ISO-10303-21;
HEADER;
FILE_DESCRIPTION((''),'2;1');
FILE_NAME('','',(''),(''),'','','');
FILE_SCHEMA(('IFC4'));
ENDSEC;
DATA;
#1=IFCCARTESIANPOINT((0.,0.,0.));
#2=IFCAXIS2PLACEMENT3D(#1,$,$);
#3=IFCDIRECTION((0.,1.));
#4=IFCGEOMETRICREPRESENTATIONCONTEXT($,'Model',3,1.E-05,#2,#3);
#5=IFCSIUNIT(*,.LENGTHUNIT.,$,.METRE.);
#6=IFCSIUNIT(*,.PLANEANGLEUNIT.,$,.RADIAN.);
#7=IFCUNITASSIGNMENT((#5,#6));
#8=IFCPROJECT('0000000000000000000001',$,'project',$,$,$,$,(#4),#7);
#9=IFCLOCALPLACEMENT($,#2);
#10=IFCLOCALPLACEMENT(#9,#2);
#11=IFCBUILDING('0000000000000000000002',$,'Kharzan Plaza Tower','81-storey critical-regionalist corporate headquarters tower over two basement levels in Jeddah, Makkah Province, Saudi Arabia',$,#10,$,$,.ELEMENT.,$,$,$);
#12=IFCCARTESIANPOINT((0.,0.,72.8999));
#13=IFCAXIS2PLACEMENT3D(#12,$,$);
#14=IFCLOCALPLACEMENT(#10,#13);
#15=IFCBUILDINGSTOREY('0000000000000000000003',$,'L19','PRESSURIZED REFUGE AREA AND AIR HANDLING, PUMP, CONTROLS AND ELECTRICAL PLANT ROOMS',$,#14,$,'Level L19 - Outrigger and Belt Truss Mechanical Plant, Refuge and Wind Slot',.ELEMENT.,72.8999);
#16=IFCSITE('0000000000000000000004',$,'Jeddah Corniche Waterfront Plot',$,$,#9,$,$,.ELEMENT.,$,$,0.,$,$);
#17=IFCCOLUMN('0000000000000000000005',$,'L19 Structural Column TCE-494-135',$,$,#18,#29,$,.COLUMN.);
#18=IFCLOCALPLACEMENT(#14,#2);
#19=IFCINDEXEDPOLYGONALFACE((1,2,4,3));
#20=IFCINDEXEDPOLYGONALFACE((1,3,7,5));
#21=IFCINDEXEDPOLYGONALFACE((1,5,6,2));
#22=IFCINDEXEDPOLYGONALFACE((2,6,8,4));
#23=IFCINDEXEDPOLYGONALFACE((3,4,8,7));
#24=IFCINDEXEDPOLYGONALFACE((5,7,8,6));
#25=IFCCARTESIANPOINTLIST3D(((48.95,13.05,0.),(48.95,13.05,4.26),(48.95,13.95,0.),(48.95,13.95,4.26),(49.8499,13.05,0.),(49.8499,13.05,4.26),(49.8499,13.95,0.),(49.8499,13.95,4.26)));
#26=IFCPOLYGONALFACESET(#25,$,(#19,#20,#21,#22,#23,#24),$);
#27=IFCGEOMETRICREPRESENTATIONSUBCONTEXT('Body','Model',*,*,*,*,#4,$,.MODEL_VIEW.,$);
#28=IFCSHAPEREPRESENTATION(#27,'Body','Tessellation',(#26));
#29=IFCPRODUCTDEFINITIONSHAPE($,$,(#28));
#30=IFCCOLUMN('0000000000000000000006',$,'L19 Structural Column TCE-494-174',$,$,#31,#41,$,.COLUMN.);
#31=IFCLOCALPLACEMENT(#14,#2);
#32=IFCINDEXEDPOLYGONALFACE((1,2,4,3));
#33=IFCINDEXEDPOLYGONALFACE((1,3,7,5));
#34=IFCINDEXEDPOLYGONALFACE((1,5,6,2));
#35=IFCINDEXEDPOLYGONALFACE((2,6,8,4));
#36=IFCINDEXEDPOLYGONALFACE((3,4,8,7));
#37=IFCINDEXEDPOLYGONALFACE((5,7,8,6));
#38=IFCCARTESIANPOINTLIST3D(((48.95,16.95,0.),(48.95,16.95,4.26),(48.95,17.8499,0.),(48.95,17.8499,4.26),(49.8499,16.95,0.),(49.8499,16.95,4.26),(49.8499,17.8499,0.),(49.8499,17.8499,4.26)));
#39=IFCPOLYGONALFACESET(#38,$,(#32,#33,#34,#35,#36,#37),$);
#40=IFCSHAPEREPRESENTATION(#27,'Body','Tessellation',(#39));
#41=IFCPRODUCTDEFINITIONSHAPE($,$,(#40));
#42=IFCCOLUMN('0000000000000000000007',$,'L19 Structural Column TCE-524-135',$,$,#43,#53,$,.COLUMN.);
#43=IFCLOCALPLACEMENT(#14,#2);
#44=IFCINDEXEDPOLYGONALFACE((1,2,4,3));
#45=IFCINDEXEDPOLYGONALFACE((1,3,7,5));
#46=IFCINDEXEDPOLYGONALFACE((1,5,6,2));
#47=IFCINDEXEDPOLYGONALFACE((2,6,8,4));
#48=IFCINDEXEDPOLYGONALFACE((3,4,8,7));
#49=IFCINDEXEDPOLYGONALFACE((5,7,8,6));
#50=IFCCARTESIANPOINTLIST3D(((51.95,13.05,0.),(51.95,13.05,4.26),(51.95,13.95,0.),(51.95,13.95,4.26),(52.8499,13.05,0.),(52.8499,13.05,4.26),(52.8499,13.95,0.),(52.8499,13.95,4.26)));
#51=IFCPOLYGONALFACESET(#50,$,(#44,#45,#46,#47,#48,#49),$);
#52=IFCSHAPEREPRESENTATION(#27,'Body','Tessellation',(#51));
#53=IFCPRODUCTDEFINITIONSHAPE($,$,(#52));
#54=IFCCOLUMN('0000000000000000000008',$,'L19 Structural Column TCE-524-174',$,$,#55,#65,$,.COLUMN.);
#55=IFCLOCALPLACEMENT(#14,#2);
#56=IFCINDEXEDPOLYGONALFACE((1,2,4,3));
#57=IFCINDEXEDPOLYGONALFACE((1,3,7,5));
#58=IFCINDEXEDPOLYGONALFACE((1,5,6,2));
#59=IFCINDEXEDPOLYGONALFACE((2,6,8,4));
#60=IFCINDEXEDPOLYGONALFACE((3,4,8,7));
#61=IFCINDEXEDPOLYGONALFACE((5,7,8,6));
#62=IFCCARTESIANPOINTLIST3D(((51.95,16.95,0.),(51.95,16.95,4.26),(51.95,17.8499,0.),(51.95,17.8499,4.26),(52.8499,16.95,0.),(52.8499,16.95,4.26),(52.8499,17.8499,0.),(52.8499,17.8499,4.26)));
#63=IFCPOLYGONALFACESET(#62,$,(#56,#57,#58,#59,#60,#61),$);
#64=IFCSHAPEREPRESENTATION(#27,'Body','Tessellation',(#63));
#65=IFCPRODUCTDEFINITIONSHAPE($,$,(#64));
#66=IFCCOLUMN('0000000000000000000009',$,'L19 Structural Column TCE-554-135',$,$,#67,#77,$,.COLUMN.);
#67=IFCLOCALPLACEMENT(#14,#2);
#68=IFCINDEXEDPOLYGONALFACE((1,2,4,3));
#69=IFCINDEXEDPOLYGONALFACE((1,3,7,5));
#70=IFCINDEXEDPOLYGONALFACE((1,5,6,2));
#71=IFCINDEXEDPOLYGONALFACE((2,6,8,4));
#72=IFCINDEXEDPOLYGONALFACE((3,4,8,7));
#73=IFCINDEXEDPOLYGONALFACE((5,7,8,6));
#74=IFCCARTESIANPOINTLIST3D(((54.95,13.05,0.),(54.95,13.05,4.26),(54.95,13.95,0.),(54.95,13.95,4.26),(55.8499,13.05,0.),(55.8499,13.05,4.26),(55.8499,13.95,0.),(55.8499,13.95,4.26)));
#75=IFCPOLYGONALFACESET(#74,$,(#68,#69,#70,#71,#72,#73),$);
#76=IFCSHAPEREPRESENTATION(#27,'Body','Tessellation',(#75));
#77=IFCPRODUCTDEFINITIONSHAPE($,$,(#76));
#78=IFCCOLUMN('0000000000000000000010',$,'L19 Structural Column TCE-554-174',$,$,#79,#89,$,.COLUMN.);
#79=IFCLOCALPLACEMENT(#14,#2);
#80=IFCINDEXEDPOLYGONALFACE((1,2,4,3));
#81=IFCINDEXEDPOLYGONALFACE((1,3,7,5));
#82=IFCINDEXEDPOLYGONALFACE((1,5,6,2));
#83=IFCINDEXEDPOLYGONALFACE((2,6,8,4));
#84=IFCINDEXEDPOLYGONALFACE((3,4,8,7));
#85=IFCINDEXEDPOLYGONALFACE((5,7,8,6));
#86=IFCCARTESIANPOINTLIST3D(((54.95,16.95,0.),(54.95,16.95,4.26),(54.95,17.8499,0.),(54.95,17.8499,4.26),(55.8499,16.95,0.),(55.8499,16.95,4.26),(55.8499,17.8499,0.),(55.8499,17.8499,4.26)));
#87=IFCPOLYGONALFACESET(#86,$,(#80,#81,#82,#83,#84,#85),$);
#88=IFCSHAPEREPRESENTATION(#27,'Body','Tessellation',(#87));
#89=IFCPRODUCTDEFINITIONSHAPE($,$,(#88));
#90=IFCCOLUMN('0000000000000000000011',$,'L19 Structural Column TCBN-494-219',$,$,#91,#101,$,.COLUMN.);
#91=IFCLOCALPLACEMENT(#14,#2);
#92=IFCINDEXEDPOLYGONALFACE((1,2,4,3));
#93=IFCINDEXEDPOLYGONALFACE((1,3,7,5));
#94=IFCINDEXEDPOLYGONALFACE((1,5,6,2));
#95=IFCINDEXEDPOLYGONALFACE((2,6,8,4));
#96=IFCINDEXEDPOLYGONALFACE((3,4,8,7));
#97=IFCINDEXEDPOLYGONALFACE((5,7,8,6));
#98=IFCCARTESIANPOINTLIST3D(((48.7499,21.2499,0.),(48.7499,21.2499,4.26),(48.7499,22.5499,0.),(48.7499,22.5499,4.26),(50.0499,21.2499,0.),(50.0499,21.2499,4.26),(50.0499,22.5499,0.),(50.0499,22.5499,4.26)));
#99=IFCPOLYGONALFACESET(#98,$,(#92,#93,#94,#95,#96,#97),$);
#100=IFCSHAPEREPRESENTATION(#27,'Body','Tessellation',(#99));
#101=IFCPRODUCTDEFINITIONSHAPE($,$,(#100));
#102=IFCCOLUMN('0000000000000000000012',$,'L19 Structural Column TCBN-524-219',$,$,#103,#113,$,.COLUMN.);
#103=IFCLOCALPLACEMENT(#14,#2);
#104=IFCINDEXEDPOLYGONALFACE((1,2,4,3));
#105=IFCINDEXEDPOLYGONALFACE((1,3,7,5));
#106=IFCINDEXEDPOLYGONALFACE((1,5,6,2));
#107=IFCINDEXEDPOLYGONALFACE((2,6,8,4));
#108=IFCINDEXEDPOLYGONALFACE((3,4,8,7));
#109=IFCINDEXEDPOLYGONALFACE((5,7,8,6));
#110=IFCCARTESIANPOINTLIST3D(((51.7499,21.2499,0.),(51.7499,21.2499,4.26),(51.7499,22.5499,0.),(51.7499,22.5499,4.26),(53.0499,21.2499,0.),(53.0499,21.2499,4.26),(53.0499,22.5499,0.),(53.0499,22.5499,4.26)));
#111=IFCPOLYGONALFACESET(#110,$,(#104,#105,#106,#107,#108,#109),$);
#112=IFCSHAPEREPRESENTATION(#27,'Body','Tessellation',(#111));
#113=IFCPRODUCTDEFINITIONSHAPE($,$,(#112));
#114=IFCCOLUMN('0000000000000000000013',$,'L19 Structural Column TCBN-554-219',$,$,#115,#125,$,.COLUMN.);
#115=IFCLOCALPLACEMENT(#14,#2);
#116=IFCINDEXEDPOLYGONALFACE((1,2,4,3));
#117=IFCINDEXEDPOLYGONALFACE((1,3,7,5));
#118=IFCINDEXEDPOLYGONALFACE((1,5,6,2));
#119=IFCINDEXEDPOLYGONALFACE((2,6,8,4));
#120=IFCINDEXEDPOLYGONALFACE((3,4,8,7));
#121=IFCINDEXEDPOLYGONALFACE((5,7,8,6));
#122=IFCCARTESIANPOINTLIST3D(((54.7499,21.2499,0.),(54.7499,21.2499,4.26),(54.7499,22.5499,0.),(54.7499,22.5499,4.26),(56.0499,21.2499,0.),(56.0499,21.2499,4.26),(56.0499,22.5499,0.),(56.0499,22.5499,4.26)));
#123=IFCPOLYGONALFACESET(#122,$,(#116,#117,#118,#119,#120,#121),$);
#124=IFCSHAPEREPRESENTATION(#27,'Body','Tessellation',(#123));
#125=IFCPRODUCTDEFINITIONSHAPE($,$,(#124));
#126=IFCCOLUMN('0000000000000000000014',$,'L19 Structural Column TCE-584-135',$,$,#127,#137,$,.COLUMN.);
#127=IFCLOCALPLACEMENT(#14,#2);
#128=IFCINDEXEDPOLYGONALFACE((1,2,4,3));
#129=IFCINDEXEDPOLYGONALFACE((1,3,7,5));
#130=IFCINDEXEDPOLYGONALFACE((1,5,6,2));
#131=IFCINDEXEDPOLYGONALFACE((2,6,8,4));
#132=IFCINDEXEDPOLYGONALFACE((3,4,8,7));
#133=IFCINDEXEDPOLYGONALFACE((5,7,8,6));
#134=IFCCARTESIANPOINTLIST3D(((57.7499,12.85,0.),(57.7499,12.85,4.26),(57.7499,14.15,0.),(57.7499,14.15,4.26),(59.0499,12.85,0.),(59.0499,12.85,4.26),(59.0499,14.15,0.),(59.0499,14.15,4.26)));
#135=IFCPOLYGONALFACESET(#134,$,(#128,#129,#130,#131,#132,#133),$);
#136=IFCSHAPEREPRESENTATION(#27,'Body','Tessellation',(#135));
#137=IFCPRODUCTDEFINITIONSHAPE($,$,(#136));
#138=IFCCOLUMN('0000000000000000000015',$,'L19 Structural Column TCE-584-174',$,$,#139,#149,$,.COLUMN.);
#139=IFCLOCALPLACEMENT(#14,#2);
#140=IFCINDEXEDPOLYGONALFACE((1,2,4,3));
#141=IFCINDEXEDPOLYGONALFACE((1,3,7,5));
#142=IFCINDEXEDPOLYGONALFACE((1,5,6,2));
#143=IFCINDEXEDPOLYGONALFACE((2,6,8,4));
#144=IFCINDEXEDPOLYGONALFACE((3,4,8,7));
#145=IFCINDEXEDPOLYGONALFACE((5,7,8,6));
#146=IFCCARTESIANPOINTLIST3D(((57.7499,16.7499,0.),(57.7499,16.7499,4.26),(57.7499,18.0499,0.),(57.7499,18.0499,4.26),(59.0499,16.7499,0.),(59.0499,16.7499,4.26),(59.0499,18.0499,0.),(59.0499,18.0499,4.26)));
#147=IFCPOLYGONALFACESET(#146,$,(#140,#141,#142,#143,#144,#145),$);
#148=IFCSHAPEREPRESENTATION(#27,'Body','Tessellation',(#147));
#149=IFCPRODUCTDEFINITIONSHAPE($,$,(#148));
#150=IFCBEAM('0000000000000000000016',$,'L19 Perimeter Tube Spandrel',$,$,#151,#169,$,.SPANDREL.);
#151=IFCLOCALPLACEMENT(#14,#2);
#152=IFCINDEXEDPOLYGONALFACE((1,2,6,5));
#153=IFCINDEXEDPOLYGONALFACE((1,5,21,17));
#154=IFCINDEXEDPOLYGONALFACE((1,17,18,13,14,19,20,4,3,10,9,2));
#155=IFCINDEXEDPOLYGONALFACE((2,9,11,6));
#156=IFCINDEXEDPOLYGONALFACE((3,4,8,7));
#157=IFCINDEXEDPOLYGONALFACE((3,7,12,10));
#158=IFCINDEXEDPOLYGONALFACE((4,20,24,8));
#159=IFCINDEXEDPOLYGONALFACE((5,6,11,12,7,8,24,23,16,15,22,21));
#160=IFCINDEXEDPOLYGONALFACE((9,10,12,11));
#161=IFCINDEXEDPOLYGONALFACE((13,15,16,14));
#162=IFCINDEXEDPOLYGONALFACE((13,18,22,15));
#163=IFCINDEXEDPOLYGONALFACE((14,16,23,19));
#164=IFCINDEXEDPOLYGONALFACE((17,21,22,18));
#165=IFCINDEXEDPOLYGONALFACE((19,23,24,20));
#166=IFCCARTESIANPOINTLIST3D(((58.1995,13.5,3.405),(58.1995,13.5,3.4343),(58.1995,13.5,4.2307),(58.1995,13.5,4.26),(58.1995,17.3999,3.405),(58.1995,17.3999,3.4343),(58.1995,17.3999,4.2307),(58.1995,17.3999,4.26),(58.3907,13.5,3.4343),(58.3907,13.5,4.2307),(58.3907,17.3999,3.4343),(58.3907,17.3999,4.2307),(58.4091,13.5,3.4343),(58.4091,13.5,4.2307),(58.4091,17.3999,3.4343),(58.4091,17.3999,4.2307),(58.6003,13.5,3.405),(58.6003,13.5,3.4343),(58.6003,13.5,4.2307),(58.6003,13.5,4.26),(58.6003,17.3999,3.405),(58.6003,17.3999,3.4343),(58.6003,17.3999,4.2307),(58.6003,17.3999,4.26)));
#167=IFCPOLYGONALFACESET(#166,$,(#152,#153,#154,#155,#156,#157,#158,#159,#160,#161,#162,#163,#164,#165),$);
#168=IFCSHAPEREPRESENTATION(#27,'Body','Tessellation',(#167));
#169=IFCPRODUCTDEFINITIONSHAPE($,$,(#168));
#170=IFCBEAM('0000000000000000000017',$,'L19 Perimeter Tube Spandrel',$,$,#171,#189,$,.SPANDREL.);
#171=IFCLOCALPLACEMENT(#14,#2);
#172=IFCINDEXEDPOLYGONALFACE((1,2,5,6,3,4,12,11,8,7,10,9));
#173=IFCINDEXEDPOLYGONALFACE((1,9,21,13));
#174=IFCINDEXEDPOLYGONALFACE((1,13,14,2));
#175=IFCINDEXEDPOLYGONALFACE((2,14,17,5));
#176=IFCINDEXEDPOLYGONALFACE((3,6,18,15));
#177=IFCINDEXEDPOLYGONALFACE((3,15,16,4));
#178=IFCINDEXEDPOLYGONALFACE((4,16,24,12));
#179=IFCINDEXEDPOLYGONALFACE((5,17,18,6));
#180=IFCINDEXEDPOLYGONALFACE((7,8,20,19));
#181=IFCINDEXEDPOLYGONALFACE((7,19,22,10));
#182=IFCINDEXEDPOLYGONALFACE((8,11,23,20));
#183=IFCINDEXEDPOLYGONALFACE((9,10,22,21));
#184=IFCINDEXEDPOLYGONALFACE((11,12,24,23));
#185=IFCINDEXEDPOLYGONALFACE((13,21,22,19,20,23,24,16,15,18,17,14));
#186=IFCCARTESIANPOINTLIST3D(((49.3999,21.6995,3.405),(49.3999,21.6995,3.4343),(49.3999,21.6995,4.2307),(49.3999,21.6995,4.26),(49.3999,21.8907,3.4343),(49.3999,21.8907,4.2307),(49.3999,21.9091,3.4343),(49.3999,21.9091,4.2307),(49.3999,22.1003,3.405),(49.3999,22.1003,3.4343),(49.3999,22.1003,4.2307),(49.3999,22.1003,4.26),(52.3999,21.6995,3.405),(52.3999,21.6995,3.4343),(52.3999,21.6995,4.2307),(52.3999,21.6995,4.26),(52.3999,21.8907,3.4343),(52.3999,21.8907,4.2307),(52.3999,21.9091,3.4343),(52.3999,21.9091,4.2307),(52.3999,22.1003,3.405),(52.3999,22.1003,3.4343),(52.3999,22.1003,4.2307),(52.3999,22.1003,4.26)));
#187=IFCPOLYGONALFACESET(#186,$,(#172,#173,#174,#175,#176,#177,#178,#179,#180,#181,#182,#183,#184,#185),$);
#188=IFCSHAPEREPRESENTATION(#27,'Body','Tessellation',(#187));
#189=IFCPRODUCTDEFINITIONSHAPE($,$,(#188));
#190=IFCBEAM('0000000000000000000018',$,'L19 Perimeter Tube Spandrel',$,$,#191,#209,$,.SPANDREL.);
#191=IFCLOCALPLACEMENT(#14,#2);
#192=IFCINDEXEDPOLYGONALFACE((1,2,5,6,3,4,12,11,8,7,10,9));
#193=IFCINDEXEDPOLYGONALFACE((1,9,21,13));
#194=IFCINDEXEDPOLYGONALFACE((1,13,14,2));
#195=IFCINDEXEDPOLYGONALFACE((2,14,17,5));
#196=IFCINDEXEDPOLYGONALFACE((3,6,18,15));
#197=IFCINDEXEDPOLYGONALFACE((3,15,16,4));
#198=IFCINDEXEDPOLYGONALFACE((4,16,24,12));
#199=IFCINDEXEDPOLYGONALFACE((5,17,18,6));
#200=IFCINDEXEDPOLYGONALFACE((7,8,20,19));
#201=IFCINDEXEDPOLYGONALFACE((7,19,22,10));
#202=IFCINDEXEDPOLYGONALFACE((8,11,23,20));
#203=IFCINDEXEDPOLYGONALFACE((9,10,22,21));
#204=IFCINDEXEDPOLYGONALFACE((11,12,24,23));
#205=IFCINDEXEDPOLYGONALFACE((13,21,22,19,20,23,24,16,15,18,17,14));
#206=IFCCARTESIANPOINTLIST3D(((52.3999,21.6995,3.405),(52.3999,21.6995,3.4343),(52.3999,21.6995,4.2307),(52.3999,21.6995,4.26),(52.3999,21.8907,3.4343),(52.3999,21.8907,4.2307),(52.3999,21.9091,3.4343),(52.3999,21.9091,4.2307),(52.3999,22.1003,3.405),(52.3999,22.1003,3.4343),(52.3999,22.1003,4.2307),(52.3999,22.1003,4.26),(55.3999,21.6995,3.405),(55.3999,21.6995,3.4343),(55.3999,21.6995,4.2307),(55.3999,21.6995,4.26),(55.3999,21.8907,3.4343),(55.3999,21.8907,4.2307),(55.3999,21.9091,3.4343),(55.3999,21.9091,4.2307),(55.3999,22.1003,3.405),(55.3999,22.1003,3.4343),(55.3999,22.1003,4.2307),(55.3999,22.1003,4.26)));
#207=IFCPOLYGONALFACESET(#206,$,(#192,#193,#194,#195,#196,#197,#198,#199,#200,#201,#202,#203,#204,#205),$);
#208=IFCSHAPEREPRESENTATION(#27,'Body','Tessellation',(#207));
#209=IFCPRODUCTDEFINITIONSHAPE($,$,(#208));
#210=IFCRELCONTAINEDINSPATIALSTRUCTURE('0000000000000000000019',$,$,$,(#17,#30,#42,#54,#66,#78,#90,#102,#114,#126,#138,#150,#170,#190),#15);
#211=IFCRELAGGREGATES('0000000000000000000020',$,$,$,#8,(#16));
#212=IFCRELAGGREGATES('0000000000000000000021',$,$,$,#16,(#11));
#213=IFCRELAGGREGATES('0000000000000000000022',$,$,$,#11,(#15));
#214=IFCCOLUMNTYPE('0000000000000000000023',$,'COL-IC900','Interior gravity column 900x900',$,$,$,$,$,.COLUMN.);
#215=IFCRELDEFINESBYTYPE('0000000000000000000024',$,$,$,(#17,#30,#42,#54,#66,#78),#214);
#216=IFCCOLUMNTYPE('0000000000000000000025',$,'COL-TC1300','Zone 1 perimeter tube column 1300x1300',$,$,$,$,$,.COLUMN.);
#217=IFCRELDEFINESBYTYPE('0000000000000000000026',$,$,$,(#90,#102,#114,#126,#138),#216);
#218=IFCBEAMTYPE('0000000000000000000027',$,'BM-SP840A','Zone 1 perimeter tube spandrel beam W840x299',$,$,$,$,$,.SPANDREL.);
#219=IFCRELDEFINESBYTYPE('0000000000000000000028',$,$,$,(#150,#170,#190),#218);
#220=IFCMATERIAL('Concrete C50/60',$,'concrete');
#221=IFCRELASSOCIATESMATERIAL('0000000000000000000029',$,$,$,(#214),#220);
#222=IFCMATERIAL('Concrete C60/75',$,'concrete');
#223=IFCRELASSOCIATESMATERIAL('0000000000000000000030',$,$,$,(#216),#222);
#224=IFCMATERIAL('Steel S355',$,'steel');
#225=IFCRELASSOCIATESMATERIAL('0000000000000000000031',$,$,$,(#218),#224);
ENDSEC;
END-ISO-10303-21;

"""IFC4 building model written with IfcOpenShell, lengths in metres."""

from ifc_helpers import new_model, si_unit, direction, frame, origin, origin_2d, place, context, subcontext, project, spatial, rectangle, i_section, extrude, source, transform, mapped, material, material_profile, profile_set, type_object, element, save


model = new_model("IFC4")

# Units and contexts
model_context = context("Model", 3, precision=1e-05, world=origin(), true_north=direction((0.0, 1.0)))
body_context = subcontext(model_context, "Body", "Model", "MODEL_VIEW")
ifc_project = project(units=[si_unit("LENGTHUNIT", "METRE"), si_unit("PLANEANGLEUNIT", "RADIAN")], contexts=[model_context])

# Site, building, storey
site_placement = place(None, origin())
site = spatial("IfcSite", under=ifc_project, at=site_placement, Name="Jeddah Corniche Waterfront Plot", CompositionType="ELEMENT", RefElevation=0.0)
building_placement = place(site_placement, origin())
building = spatial("IfcBuilding", under=site, at=building_placement, Name="Kharzan Plaza Tower", Description="81-storey critical-regionalist corporate headquarters tower over two basement levels in Jeddah, Makkah Province, Saudi Arabia", CompositionType="ELEMENT")
storey_placement = place(building_placement, frame((0.0, 0.0, 72.8999)))
storey = spatial("IfcBuildingStorey", under=building, at=storey_placement, Name="L19", Description="PRESSURIZED REFUGE AREA AND AIR HANDLING, PUMP, CONTROLS AND ELECTRICAL PLANT ROOMS", LongName="Level L19 - Outrigger and Belt Truss Mechanical Plant, Refuge and Wind Slot", CompositionType="ELEMENT", Elevation=72.8999)

# Columns
ifc_material_1 = material(Name="Concrete C50/60", Category="concrete")
ifc_material_profile_1 = material_profile(ifc_material_1, rectangle(XDim=0.8999, YDim=0.8999, at=origin_2d()), Name="RC-IC900x900")
ifc_profile_set_1 = profile_set([ifc_material_profile_1], Name="Concrete C50/60")
column_type_1 = type_object("IfcColumnType", Name="COL-IC900", Description="Interior gravity column 900x900", PredefinedType="COLUMN", material=ifc_profile_set_1)
shared_shape_1 = source(origin(), body_context, "Body", "SweptSolid", [
    extrude(rectangle(XDim=0.8999, YDim=0.8999, at=origin_2d()), origin(), (0.0, 0.0, 1.0), 4.26),
])
for number, where, z_axis, x_axis, name in (
    (1, (49.3999, 13.5, 0.0), (0.0, 0.0, 1.0), (1.0, 0.0, 0.0), "L19 Structural Column TCE-494-135"),
    (2, (49.3999, 17.3999, 0.0), (0.0, 0.0, 1.0), (1.0, 0.0, 0.0), "L19 Structural Column TCE-494-174"),
    (3, (52.3999, 13.5, 0.0), (0.0, 0.0, 1.0), (1.0, 0.0, 0.0), "L19 Structural Column TCE-524-135"),
    (4, (52.3999, 17.3999, 0.0), (0.0, 0.0, 1.0), (1.0, 0.0, 0.0), "L19 Structural Column TCE-524-174"),
    (5, (55.3999, 13.5, 0.0), (0.0, 0.0, 1.0), (1.0, 0.0, 0.0), "L19 Structural Column TCE-554-135"),
    (6, (55.3999, 17.3999, 0.0), (0.0, 0.0, 1.0), (1.0, 0.0, 0.0), "L19 Structural Column TCE-554-174"),
):
    element("IfcColumn", number, at=place(storey_placement, frame(where, z_axis=z_axis, x_axis=x_axis)), inside=storey, type_object=column_type_1, Name=name, PredefinedType="COLUMN", context=body_context, shape_type="MappedRepresentation", body=[
        mapped(shared_shape_1, transform((0.0, 0.0, 0.0), x_axis=(1.0, 0.0, 0.0), y_axis=(0.0, 1.0, 0.0), z_axis=(0.0, 0.0, 1.0))),
    ])
ifc_material_2 = material(Name="Concrete C60/75", Category="concrete")
ifc_material_profile_2 = material_profile(ifc_material_2, rectangle(XDim=1.3, YDim=1.3, at=origin_2d()), Name="RC-TC1300x1300")
ifc_profile_set_2 = profile_set([ifc_material_profile_2], Name="Concrete C60/75")
column_type_2 = type_object("IfcColumnType", Name="COL-TC1300", Description="Zone 1 perimeter tube column 1300x1300", PredefinedType="COLUMN", material=ifc_profile_set_2)
shared_shape_2 = source(origin(), body_context, "Body", "SweptSolid", [
    extrude(rectangle(XDim=1.3, YDim=1.3, at=origin_2d()), origin(), (0.0, 0.0, 1.0), 4.26),
])
for number, where, z_axis, x_axis, name in (
    (7, (49.3999, 21.8999, 0.0), (0.0, 0.0, 1.0), (1.0, 0.0, 0.0), "L19 Structural Column TCBN-494-219"),
    (8, (52.3999, 21.8999, 0.0), (0.0, 0.0, 1.0), (1.0, 0.0, 0.0), "L19 Structural Column TCBN-524-219"),
    (9, (55.3999, 21.8999, 0.0), (0.0, 0.0, 1.0), (1.0, 0.0, 0.0), "L19 Structural Column TCBN-554-219"),
    (10, (58.3999, 13.5, 0.0), (0.0, 0.0, 1.0), (1.0, 0.0, 0.0), "L19 Structural Column TCE-584-135"),
    (11, (58.3999, 17.3999, 0.0), (0.0, 0.0, 1.0), (1.0, 0.0, 0.0), "L19 Structural Column TCE-584-174"),
):
    element("IfcColumn", number, at=place(storey_placement, frame(where, z_axis=z_axis, x_axis=x_axis)), inside=storey, type_object=column_type_2, Name=name, PredefinedType="COLUMN", context=body_context, shape_type="MappedRepresentation", body=[
        mapped(shared_shape_2, transform((0.0, 0.0, 0.0), x_axis=(1.0, 0.0, 0.0), y_axis=(0.0, 1.0, 0.0), z_axis=(0.0, 0.0, 1.0))),
    ])

# Beams
ifc_material_3 = material(Name="Steel S355", Category="steel")
ifc_material_profile_3 = material_profile(ifc_material_3, i_section(OverallWidth=0.4009, OverallDepth=0.855, WebThickness=0.0183, FlangeThickness=0.0293, at=origin_2d()), Name="W840x299")
ifc_profile_set_3 = profile_set([ifc_material_profile_3], Name="Steel S355")
beam_type_1 = type_object("IfcBeamType", Name="BM-SP840A", Description="Zone 1 perimeter tube spandrel beam W840x299", PredefinedType="SPANDREL", material=ifc_profile_set_3)
shared_shape_3 = source(origin(), body_context, "Body", "SweptSolid", [
    extrude(i_section(OverallWidth=0.4009, OverallDepth=0.855, WebThickness=0.0183, FlangeThickness=0.0293, at=origin_2d()), origin(), (0.0, 0.0, 1.0), 3.8999),
])
beam_placement = place(storey_placement, frame((58.3999, 13.5, 3.8325), z_axis=(0.0, 1.0, 0.0), x_axis=(-1.0, 0.0, 0.0)))
element("IfcBeam", 12, at=beam_placement, inside=storey, type_object=beam_type_1, Name="L19 Perimeter Tube Spandrel", PredefinedType="SPANDREL", context=body_context, shape_type="MappedRepresentation", body=[
    mapped(shared_shape_3, transform((0.0, 0.0, 0.0), x_axis=(1.0, 0.0, 0.0), y_axis=(0.0, 1.0, 0.0), z_axis=(0.0, 0.0, 1.0))),
])
shared_shape_4 = source(origin(), body_context, "Body", "SweptSolid", [
    extrude(i_section(OverallWidth=0.4009, OverallDepth=0.855, WebThickness=0.0183, FlangeThickness=0.0293, at=origin_2d()), origin(), (0.0, 0.0, 1.0), 3.0),
])
for number, where, z_axis, x_axis, name in (
    (13, (49.3999, 21.8999, 3.8325), (1.0, 0.0, 0.0), (0.0, 1.0, 0.0), "L19 Perimeter Tube Spandrel"),
    (14, (52.3999, 21.8999, 3.8325), (1.0, 0.0, 0.0), (0.0, 1.0, 0.0), "L19 Perimeter Tube Spandrel"),
):
    element("IfcBeam", number, at=place(storey_placement, frame(where, z_axis=z_axis, x_axis=x_axis)), inside=storey, type_object=beam_type_1, Name=name, PredefinedType="SPANDREL", context=body_context, shape_type="MappedRepresentation", body=[
        mapped(shared_shape_4, transform((0.0, 0.0, 0.0), x_axis=(1.0, 0.0, 0.0), y_axis=(0.0, 1.0, 0.0), z_axis=(0.0, 0.0, 1.0))),
    ])

save(model, "model.ifc")
